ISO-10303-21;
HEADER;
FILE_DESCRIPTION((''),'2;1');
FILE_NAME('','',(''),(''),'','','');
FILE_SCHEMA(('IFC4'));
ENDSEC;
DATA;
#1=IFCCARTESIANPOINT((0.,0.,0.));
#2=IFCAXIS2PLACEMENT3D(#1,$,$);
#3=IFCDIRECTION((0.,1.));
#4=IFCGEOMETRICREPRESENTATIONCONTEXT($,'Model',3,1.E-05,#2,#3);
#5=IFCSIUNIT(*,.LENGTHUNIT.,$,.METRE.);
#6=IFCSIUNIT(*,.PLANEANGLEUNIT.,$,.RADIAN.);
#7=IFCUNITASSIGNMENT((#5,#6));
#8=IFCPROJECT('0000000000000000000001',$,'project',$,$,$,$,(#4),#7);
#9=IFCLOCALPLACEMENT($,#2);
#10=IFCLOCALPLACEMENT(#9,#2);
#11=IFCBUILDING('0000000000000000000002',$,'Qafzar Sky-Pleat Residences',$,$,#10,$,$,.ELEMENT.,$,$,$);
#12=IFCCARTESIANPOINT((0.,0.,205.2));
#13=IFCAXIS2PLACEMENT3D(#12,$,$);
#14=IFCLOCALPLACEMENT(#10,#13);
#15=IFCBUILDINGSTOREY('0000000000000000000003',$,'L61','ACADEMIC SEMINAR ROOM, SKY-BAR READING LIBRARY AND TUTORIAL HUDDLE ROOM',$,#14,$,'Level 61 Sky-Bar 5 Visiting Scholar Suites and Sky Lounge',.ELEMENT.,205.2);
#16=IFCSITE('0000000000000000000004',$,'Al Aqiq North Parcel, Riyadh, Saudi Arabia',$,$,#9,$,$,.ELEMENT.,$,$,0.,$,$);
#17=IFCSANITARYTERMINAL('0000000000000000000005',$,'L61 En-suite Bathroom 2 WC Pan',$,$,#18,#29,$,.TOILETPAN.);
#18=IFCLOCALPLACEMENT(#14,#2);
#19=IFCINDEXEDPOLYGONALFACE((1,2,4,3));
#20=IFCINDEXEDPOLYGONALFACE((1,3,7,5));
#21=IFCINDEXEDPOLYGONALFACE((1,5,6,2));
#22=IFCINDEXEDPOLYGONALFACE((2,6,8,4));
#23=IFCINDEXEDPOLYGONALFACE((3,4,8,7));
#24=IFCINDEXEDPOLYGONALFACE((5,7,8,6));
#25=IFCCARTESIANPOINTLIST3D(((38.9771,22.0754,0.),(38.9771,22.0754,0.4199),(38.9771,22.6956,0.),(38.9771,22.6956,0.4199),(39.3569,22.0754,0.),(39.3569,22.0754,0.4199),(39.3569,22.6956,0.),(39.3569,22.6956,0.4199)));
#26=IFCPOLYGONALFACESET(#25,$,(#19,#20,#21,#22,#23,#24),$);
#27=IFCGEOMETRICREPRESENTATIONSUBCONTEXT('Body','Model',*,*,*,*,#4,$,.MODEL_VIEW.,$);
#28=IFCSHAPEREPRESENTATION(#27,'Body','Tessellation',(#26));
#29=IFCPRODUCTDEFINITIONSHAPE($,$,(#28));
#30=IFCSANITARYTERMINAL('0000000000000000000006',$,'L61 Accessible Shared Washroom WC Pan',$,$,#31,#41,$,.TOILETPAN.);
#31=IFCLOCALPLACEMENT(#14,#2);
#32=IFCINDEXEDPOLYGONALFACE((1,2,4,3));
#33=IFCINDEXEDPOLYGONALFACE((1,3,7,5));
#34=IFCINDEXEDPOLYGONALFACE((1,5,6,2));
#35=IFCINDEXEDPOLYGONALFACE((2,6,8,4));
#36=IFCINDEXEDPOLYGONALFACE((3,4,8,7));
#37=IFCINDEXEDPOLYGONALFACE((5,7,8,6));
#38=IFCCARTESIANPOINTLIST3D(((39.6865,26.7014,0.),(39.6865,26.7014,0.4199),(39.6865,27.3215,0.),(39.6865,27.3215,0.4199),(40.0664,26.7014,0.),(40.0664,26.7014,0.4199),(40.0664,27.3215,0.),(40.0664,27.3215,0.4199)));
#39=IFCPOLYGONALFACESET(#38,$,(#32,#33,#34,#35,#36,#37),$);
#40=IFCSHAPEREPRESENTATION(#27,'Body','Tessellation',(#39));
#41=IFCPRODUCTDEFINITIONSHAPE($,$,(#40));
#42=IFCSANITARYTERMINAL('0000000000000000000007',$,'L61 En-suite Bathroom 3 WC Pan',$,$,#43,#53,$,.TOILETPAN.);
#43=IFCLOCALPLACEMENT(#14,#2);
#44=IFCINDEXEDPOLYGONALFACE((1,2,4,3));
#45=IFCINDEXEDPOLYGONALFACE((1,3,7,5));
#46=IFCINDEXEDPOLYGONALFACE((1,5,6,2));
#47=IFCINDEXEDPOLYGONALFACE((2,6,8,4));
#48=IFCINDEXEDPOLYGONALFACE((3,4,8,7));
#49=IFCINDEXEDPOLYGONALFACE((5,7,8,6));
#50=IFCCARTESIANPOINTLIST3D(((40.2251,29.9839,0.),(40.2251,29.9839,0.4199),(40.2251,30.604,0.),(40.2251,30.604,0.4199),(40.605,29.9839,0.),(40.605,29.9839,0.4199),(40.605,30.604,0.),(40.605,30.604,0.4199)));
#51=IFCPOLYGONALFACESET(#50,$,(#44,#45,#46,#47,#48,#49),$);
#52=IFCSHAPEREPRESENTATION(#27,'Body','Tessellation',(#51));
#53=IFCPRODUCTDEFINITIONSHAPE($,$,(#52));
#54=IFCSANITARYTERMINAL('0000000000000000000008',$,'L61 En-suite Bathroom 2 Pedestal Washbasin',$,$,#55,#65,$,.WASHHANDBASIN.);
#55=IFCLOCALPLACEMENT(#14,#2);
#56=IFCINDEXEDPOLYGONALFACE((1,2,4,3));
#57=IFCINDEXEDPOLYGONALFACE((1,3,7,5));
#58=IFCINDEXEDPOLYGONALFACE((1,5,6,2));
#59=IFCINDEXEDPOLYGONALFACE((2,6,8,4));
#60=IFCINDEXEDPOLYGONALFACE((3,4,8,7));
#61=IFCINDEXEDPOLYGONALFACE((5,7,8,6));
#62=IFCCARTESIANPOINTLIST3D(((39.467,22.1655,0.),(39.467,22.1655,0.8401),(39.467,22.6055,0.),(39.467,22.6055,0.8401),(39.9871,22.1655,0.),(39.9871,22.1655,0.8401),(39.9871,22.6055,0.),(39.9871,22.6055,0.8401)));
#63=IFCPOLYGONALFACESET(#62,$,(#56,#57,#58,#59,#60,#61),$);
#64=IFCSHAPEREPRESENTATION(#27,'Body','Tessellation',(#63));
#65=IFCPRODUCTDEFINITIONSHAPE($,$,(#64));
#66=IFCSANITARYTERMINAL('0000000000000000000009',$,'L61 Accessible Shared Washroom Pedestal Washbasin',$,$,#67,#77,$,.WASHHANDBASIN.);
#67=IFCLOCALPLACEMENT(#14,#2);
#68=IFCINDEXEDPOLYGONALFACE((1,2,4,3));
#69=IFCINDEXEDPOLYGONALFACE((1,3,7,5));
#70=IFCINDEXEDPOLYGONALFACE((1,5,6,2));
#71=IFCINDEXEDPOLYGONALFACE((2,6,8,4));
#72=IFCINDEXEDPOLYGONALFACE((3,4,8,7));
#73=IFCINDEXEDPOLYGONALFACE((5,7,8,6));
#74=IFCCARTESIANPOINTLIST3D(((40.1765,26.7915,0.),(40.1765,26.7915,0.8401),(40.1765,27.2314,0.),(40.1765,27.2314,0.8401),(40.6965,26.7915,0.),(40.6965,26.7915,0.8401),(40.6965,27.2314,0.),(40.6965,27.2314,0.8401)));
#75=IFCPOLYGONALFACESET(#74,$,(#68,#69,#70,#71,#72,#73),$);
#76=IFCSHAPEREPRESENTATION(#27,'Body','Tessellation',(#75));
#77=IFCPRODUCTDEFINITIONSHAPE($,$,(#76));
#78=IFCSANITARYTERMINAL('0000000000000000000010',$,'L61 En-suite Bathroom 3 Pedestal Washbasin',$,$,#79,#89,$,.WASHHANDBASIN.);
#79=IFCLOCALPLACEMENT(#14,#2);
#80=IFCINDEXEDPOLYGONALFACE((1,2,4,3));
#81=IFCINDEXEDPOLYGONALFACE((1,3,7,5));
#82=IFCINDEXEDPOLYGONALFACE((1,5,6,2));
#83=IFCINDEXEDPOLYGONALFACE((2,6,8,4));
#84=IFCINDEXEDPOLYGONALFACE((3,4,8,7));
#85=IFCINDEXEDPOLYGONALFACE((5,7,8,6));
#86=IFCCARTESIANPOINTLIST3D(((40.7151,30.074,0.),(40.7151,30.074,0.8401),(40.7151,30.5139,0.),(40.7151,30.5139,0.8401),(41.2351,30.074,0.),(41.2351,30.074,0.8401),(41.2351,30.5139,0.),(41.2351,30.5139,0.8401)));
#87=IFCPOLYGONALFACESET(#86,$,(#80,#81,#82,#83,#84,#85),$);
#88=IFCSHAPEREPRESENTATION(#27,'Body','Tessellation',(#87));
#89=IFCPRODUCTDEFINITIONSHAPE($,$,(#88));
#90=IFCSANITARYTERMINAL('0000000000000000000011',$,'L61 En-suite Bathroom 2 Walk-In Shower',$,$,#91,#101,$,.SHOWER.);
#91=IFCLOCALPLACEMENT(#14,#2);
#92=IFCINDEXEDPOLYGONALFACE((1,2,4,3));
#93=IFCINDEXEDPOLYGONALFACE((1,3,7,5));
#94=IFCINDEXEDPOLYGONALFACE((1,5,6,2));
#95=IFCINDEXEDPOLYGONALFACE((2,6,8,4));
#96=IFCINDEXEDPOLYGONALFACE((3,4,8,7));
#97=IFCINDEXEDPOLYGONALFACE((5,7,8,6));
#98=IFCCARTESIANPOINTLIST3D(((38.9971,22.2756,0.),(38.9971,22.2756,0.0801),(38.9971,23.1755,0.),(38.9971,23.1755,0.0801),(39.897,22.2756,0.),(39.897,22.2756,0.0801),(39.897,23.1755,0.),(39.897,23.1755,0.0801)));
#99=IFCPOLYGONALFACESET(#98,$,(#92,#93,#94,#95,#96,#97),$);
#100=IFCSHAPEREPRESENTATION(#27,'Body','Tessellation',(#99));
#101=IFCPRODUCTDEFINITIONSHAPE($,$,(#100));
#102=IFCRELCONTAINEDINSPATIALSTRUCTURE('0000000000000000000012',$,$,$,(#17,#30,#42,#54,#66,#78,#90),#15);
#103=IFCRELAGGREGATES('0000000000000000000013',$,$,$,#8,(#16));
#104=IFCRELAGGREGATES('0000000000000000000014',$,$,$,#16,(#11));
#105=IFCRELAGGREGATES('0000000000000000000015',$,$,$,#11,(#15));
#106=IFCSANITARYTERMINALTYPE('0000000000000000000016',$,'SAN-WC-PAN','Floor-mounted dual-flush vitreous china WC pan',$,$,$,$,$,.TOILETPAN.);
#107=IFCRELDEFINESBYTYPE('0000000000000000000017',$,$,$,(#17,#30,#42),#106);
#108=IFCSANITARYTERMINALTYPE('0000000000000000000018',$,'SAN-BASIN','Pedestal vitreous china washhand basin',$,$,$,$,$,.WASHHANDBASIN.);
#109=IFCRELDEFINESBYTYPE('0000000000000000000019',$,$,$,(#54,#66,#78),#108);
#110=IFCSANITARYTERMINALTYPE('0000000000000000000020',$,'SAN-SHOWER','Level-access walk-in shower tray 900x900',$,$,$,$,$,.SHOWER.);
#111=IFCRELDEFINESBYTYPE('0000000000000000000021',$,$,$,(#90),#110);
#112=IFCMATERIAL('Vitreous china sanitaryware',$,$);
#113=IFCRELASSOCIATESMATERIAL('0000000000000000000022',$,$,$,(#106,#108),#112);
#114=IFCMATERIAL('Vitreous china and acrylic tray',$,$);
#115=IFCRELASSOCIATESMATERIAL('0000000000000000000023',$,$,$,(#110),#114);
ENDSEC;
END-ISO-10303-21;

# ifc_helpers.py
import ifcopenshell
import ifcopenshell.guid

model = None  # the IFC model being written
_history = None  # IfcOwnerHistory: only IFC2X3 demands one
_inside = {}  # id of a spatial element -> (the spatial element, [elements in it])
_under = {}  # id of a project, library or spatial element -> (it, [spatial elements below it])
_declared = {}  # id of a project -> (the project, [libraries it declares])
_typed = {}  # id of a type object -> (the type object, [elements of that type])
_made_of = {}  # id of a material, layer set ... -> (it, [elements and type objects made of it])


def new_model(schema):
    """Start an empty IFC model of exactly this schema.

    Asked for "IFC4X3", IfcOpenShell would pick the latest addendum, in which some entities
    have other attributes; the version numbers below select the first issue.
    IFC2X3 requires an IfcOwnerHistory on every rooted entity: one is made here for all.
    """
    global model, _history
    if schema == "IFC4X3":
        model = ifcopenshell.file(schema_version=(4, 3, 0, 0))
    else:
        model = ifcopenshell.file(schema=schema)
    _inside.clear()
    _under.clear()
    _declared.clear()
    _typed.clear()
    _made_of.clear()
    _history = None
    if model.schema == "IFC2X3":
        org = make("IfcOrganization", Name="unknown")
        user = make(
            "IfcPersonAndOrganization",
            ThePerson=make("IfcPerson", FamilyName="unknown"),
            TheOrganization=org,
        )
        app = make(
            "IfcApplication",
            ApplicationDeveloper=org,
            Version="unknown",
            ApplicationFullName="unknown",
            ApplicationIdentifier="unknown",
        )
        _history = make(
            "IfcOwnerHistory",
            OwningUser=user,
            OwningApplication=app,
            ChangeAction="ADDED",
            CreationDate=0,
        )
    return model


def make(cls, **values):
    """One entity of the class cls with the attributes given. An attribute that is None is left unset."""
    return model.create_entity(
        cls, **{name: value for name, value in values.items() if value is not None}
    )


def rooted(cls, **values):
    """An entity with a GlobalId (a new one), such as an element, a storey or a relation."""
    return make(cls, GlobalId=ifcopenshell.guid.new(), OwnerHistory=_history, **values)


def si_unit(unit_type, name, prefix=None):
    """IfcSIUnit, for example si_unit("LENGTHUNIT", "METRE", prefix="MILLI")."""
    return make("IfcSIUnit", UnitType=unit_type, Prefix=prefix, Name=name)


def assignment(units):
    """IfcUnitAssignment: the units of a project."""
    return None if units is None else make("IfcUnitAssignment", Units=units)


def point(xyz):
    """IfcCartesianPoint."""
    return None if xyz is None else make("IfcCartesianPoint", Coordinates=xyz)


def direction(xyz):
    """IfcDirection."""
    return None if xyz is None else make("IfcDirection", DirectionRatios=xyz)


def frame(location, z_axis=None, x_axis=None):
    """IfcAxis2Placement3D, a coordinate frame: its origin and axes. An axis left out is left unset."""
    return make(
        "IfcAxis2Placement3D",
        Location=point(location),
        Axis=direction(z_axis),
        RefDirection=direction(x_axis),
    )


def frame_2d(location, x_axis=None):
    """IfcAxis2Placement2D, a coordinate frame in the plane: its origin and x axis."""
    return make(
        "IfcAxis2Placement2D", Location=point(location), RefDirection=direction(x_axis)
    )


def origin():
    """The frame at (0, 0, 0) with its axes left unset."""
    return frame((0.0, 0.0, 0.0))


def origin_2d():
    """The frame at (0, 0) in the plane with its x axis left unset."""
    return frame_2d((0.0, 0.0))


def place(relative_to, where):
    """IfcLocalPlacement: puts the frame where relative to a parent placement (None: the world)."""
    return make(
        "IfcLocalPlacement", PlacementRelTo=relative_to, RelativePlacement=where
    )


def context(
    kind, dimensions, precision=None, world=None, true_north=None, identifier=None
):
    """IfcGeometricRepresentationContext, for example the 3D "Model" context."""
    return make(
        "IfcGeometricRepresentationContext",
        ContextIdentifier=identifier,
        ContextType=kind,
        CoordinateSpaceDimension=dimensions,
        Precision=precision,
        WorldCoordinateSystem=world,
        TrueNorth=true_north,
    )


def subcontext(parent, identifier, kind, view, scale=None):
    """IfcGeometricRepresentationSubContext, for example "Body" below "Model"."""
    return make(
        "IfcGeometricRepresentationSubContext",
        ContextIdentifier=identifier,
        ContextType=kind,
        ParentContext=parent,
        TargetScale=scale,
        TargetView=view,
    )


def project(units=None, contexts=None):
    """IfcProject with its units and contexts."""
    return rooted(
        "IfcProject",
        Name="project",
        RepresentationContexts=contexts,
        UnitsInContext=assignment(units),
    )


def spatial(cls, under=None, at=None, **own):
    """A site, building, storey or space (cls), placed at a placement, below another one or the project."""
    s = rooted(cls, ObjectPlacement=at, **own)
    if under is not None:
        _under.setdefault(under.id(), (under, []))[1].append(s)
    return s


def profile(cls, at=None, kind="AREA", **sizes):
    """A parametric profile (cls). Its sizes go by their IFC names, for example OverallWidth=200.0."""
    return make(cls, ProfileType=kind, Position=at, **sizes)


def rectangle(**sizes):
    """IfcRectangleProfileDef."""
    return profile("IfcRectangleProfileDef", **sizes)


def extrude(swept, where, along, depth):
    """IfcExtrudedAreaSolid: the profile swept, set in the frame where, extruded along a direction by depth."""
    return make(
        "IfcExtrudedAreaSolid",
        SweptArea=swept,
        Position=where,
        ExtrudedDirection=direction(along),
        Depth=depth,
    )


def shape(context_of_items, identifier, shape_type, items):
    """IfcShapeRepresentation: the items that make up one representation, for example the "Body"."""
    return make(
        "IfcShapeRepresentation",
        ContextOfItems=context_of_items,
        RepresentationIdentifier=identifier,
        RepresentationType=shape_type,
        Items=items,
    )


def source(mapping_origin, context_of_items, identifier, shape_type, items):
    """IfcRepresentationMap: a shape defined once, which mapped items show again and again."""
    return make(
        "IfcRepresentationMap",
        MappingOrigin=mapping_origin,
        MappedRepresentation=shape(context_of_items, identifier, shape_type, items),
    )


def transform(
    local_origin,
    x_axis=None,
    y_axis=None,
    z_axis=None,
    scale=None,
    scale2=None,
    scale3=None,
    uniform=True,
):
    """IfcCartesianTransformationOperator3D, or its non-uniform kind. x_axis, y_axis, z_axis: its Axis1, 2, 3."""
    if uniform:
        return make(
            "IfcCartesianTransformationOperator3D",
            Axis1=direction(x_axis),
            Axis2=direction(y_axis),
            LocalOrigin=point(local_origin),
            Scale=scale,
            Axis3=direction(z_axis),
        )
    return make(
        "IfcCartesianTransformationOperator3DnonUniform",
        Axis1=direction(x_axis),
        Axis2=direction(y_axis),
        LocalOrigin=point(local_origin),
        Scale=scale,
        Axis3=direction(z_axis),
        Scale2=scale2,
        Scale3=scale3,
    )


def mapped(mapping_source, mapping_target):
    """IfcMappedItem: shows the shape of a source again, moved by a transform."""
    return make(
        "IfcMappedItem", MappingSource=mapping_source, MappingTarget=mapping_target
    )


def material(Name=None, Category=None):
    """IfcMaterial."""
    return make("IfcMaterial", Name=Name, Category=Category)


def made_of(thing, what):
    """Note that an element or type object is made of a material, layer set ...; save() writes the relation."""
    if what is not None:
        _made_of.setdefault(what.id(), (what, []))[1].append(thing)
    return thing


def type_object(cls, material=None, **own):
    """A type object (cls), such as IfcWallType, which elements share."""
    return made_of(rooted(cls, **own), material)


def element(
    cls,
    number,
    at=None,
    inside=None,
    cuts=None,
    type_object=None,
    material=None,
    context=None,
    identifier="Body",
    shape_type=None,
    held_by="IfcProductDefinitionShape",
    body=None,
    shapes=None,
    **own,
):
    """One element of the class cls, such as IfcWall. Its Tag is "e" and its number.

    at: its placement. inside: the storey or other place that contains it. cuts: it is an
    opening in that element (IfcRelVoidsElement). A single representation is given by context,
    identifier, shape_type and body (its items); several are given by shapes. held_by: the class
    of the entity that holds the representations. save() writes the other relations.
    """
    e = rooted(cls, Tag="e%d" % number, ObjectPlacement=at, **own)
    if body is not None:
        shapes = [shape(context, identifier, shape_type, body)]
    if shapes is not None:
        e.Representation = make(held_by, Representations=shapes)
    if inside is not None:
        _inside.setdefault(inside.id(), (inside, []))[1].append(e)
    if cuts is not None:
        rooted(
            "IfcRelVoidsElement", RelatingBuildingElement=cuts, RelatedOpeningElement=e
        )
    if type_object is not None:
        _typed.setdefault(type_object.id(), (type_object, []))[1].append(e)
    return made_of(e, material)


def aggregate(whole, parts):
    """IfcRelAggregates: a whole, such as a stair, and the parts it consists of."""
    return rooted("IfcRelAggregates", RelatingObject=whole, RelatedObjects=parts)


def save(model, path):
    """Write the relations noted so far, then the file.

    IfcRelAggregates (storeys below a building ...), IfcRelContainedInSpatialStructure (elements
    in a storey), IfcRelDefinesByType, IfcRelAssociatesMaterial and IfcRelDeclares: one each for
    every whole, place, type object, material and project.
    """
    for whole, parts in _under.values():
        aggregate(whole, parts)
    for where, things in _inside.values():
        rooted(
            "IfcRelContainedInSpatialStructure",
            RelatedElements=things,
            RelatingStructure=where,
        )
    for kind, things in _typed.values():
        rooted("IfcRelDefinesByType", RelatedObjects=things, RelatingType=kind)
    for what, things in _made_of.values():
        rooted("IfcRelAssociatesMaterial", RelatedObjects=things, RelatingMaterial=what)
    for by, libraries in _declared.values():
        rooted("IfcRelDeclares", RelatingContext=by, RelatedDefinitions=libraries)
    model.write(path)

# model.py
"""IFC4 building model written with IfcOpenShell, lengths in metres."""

from ifc_helpers import new_model, si_unit, direction, frame, origin, origin_2d, place, context, subcontext, project, spatial, rectangle, extrude, source, transform, mapped, material, type_object, element, save


model = new_model("IFC4")

# Units and contexts
model_context = context("Model", 3, precision=1e-05, world=origin(), true_north=direction((0.0, 1.0)))
body_context = subcontext(model_context, "Body", "Model", "MODEL_VIEW")
ifc_project = project(units=[si_unit("LENGTHUNIT", "METRE"), si_unit("PLANEANGLEUNIT", "RADIAN")], contexts=[model_context])

# Site, building, storey
site_placement = place(None, origin())
site = spatial("IfcSite", under=ifc_project, at=site_placement, Name="Al Aqiq North Parcel, Riyadh, Saudi Arabia", CompositionType="ELEMENT", RefElevation=0.0)
building_placement = place(site_placement, origin())
building = spatial("IfcBuilding", under=site, at=building_placement, Name="Qafzar Sky-Pleat Residences", CompositionType="ELEMENT")
storey_placement = place(building_placement, frame((0.0, 0.0, 205.2)))
storey = spatial("IfcBuildingStorey", under=building, at=storey_placement, Name="L61", Description="ACADEMIC SEMINAR ROOM, SKY-BAR READING LIBRARY AND TUTORIAL HUDDLE ROOM", LongName="Level 61 Sky-Bar 5 Visiting Scholar Suites and Sky Lounge", CompositionType="ELEMENT", Elevation=205.2)

# Sanitary terminals
ifc_material_1 = material(Name="Vitreous china sanitaryware")
sanitary_terminal_type_1 = type_object("IfcSanitaryTerminalType", Name="SAN-WC-PAN", Description="Floor-mounted dual-flush vitreous china WC pan", PredefinedType="TOILETPAN", material=ifc_material_1)
shared_shape_1 = source(origin(), body_context, "Body", "SweptSolid", [
    extrude(rectangle(XDim=0.3799, YDim=0.6201, at=origin_2d()), origin(), (0.0, 0.0, 1.0), 0.4199),
])
for number, where, z_axis, x_axis, name in (
    (1, (39.167, 22.3855, 0.0), (0.0, 0.0, 1.0), (1.0, 0.0, 0.0), "L61 En-suite Bathroom 2 WC Pan"),
    (2, (39.8765, 27.0115, 0.0), (0.0, 0.0, 1.0), (1.0, 0.0, 0.0), "L61 Accessible Shared Washroom WC Pan"),
    (3, (40.415, 30.2939, 0.0), (0.0, 0.0, 1.0), (1.0, 0.0, 0.0), "L61 En-suite Bathroom 3 WC Pan"),
):
    element("IfcSanitaryTerminal", number, at=place(storey_placement, frame(where, z_axis=z_axis, x_axis=x_axis)), inside=storey, type_object=sanitary_terminal_type_1, Name=name, PredefinedType="TOILETPAN", context=body_context, shape_type="MappedRepresentation", body=[
        mapped(shared_shape_1, transform((0.0, 0.0, 0.0), x_axis=(1.0, 0.0, 0.0), y_axis=(0.0, 1.0, 0.0), z_axis=(0.0, 0.0, 1.0), scale=1.0)),
    ])
sanitary_terminal_type_2 = type_object("IfcSanitaryTerminalType", Name="SAN-BASIN", Description="Pedestal vitreous china washhand basin", PredefinedType="WASHHANDBASIN", material=ifc_material_1)
shared_shape_2 = source(origin(), body_context, "Body", "SweptSolid", [
    extrude(rectangle(XDim=0.52, YDim=0.4399, at=origin_2d()), origin(), (0.0, 0.0, 1.0), 0.8401),
])
for number, where, z_axis, x_axis, name in (
    (4, (39.7271, 22.3855, 0.0), (0.0, 0.0, 1.0), (1.0, 0.0, 0.0), "L61 En-suite Bathroom 2 Pedestal Washbasin"),
    (5, (40.4365, 27.0115, 0.0), (0.0, 0.0, 1.0), (1.0, 0.0, 0.0), "L61 Accessible Shared Washroom Pedestal Washbasin"),
    (6, (40.9751, 30.2939, 0.0), (0.0, 0.0, 1.0), (1.0, 0.0, 0.0), "L61 En-suite Bathroom 3 Pedestal Washbasin"),
):
    element("IfcSanitaryTerminal", number, at=place(storey_placement, frame(where, z_axis=z_axis, x_axis=x_axis)), inside=storey, type_object=sanitary_terminal_type_2, Name=name, PredefinedType="WASHHANDBASIN", context=body_context, shape_type="MappedRepresentation", body=[
        mapped(shared_shape_2, transform((0.0, 0.0, 0.0), x_axis=(1.0, 0.0, 0.0), y_axis=(0.0, 1.0, 0.0), z_axis=(0.0, 0.0, 1.0), scale=1.0)),
    ])
ifc_material_2 = material(Name="Vitreous china and acrylic tray")
sanitary_terminal_type_3 = type_object("IfcSanitaryTerminalType", Name="SAN-SHOWER", Description="Level-access walk-in shower tray 900x900", PredefinedType="SHOWER", material=ifc_material_2)
shared_shape_3 = source(origin(), body_context, "Body", "SweptSolid", [
    extrude(rectangle(XDim=0.8999, YDim=0.8999, at=origin_2d()), origin(), (0.0, 0.0, 1.0), 0.0801),
])
sanitary_terminal_placement = place(storey_placement, frame((39.447, 22.7256, 0.0), z_axis=(0.0, 0.0, 1.0), x_axis=(1.0, 0.0, 0.0)))
element("IfcSanitaryTerminal", 7, at=sanitary_terminal_placement, inside=storey, type_object=sanitary_terminal_type_3, Name="L61 En-suite Bathroom 2 Walk-In Shower", PredefinedType="SHOWER", context=body_context, shape_type="MappedRepresentation", body=[
    mapped(shared_shape_3, transform((0.0, 0.0, 0.0), x_axis=(1.0, 0.0, 0.0), y_axis=(0.0, 1.0, 0.0), z_axis=(0.0, 0.0, 1.0), scale=1.0)),
])

save(model, "model.ifc")
